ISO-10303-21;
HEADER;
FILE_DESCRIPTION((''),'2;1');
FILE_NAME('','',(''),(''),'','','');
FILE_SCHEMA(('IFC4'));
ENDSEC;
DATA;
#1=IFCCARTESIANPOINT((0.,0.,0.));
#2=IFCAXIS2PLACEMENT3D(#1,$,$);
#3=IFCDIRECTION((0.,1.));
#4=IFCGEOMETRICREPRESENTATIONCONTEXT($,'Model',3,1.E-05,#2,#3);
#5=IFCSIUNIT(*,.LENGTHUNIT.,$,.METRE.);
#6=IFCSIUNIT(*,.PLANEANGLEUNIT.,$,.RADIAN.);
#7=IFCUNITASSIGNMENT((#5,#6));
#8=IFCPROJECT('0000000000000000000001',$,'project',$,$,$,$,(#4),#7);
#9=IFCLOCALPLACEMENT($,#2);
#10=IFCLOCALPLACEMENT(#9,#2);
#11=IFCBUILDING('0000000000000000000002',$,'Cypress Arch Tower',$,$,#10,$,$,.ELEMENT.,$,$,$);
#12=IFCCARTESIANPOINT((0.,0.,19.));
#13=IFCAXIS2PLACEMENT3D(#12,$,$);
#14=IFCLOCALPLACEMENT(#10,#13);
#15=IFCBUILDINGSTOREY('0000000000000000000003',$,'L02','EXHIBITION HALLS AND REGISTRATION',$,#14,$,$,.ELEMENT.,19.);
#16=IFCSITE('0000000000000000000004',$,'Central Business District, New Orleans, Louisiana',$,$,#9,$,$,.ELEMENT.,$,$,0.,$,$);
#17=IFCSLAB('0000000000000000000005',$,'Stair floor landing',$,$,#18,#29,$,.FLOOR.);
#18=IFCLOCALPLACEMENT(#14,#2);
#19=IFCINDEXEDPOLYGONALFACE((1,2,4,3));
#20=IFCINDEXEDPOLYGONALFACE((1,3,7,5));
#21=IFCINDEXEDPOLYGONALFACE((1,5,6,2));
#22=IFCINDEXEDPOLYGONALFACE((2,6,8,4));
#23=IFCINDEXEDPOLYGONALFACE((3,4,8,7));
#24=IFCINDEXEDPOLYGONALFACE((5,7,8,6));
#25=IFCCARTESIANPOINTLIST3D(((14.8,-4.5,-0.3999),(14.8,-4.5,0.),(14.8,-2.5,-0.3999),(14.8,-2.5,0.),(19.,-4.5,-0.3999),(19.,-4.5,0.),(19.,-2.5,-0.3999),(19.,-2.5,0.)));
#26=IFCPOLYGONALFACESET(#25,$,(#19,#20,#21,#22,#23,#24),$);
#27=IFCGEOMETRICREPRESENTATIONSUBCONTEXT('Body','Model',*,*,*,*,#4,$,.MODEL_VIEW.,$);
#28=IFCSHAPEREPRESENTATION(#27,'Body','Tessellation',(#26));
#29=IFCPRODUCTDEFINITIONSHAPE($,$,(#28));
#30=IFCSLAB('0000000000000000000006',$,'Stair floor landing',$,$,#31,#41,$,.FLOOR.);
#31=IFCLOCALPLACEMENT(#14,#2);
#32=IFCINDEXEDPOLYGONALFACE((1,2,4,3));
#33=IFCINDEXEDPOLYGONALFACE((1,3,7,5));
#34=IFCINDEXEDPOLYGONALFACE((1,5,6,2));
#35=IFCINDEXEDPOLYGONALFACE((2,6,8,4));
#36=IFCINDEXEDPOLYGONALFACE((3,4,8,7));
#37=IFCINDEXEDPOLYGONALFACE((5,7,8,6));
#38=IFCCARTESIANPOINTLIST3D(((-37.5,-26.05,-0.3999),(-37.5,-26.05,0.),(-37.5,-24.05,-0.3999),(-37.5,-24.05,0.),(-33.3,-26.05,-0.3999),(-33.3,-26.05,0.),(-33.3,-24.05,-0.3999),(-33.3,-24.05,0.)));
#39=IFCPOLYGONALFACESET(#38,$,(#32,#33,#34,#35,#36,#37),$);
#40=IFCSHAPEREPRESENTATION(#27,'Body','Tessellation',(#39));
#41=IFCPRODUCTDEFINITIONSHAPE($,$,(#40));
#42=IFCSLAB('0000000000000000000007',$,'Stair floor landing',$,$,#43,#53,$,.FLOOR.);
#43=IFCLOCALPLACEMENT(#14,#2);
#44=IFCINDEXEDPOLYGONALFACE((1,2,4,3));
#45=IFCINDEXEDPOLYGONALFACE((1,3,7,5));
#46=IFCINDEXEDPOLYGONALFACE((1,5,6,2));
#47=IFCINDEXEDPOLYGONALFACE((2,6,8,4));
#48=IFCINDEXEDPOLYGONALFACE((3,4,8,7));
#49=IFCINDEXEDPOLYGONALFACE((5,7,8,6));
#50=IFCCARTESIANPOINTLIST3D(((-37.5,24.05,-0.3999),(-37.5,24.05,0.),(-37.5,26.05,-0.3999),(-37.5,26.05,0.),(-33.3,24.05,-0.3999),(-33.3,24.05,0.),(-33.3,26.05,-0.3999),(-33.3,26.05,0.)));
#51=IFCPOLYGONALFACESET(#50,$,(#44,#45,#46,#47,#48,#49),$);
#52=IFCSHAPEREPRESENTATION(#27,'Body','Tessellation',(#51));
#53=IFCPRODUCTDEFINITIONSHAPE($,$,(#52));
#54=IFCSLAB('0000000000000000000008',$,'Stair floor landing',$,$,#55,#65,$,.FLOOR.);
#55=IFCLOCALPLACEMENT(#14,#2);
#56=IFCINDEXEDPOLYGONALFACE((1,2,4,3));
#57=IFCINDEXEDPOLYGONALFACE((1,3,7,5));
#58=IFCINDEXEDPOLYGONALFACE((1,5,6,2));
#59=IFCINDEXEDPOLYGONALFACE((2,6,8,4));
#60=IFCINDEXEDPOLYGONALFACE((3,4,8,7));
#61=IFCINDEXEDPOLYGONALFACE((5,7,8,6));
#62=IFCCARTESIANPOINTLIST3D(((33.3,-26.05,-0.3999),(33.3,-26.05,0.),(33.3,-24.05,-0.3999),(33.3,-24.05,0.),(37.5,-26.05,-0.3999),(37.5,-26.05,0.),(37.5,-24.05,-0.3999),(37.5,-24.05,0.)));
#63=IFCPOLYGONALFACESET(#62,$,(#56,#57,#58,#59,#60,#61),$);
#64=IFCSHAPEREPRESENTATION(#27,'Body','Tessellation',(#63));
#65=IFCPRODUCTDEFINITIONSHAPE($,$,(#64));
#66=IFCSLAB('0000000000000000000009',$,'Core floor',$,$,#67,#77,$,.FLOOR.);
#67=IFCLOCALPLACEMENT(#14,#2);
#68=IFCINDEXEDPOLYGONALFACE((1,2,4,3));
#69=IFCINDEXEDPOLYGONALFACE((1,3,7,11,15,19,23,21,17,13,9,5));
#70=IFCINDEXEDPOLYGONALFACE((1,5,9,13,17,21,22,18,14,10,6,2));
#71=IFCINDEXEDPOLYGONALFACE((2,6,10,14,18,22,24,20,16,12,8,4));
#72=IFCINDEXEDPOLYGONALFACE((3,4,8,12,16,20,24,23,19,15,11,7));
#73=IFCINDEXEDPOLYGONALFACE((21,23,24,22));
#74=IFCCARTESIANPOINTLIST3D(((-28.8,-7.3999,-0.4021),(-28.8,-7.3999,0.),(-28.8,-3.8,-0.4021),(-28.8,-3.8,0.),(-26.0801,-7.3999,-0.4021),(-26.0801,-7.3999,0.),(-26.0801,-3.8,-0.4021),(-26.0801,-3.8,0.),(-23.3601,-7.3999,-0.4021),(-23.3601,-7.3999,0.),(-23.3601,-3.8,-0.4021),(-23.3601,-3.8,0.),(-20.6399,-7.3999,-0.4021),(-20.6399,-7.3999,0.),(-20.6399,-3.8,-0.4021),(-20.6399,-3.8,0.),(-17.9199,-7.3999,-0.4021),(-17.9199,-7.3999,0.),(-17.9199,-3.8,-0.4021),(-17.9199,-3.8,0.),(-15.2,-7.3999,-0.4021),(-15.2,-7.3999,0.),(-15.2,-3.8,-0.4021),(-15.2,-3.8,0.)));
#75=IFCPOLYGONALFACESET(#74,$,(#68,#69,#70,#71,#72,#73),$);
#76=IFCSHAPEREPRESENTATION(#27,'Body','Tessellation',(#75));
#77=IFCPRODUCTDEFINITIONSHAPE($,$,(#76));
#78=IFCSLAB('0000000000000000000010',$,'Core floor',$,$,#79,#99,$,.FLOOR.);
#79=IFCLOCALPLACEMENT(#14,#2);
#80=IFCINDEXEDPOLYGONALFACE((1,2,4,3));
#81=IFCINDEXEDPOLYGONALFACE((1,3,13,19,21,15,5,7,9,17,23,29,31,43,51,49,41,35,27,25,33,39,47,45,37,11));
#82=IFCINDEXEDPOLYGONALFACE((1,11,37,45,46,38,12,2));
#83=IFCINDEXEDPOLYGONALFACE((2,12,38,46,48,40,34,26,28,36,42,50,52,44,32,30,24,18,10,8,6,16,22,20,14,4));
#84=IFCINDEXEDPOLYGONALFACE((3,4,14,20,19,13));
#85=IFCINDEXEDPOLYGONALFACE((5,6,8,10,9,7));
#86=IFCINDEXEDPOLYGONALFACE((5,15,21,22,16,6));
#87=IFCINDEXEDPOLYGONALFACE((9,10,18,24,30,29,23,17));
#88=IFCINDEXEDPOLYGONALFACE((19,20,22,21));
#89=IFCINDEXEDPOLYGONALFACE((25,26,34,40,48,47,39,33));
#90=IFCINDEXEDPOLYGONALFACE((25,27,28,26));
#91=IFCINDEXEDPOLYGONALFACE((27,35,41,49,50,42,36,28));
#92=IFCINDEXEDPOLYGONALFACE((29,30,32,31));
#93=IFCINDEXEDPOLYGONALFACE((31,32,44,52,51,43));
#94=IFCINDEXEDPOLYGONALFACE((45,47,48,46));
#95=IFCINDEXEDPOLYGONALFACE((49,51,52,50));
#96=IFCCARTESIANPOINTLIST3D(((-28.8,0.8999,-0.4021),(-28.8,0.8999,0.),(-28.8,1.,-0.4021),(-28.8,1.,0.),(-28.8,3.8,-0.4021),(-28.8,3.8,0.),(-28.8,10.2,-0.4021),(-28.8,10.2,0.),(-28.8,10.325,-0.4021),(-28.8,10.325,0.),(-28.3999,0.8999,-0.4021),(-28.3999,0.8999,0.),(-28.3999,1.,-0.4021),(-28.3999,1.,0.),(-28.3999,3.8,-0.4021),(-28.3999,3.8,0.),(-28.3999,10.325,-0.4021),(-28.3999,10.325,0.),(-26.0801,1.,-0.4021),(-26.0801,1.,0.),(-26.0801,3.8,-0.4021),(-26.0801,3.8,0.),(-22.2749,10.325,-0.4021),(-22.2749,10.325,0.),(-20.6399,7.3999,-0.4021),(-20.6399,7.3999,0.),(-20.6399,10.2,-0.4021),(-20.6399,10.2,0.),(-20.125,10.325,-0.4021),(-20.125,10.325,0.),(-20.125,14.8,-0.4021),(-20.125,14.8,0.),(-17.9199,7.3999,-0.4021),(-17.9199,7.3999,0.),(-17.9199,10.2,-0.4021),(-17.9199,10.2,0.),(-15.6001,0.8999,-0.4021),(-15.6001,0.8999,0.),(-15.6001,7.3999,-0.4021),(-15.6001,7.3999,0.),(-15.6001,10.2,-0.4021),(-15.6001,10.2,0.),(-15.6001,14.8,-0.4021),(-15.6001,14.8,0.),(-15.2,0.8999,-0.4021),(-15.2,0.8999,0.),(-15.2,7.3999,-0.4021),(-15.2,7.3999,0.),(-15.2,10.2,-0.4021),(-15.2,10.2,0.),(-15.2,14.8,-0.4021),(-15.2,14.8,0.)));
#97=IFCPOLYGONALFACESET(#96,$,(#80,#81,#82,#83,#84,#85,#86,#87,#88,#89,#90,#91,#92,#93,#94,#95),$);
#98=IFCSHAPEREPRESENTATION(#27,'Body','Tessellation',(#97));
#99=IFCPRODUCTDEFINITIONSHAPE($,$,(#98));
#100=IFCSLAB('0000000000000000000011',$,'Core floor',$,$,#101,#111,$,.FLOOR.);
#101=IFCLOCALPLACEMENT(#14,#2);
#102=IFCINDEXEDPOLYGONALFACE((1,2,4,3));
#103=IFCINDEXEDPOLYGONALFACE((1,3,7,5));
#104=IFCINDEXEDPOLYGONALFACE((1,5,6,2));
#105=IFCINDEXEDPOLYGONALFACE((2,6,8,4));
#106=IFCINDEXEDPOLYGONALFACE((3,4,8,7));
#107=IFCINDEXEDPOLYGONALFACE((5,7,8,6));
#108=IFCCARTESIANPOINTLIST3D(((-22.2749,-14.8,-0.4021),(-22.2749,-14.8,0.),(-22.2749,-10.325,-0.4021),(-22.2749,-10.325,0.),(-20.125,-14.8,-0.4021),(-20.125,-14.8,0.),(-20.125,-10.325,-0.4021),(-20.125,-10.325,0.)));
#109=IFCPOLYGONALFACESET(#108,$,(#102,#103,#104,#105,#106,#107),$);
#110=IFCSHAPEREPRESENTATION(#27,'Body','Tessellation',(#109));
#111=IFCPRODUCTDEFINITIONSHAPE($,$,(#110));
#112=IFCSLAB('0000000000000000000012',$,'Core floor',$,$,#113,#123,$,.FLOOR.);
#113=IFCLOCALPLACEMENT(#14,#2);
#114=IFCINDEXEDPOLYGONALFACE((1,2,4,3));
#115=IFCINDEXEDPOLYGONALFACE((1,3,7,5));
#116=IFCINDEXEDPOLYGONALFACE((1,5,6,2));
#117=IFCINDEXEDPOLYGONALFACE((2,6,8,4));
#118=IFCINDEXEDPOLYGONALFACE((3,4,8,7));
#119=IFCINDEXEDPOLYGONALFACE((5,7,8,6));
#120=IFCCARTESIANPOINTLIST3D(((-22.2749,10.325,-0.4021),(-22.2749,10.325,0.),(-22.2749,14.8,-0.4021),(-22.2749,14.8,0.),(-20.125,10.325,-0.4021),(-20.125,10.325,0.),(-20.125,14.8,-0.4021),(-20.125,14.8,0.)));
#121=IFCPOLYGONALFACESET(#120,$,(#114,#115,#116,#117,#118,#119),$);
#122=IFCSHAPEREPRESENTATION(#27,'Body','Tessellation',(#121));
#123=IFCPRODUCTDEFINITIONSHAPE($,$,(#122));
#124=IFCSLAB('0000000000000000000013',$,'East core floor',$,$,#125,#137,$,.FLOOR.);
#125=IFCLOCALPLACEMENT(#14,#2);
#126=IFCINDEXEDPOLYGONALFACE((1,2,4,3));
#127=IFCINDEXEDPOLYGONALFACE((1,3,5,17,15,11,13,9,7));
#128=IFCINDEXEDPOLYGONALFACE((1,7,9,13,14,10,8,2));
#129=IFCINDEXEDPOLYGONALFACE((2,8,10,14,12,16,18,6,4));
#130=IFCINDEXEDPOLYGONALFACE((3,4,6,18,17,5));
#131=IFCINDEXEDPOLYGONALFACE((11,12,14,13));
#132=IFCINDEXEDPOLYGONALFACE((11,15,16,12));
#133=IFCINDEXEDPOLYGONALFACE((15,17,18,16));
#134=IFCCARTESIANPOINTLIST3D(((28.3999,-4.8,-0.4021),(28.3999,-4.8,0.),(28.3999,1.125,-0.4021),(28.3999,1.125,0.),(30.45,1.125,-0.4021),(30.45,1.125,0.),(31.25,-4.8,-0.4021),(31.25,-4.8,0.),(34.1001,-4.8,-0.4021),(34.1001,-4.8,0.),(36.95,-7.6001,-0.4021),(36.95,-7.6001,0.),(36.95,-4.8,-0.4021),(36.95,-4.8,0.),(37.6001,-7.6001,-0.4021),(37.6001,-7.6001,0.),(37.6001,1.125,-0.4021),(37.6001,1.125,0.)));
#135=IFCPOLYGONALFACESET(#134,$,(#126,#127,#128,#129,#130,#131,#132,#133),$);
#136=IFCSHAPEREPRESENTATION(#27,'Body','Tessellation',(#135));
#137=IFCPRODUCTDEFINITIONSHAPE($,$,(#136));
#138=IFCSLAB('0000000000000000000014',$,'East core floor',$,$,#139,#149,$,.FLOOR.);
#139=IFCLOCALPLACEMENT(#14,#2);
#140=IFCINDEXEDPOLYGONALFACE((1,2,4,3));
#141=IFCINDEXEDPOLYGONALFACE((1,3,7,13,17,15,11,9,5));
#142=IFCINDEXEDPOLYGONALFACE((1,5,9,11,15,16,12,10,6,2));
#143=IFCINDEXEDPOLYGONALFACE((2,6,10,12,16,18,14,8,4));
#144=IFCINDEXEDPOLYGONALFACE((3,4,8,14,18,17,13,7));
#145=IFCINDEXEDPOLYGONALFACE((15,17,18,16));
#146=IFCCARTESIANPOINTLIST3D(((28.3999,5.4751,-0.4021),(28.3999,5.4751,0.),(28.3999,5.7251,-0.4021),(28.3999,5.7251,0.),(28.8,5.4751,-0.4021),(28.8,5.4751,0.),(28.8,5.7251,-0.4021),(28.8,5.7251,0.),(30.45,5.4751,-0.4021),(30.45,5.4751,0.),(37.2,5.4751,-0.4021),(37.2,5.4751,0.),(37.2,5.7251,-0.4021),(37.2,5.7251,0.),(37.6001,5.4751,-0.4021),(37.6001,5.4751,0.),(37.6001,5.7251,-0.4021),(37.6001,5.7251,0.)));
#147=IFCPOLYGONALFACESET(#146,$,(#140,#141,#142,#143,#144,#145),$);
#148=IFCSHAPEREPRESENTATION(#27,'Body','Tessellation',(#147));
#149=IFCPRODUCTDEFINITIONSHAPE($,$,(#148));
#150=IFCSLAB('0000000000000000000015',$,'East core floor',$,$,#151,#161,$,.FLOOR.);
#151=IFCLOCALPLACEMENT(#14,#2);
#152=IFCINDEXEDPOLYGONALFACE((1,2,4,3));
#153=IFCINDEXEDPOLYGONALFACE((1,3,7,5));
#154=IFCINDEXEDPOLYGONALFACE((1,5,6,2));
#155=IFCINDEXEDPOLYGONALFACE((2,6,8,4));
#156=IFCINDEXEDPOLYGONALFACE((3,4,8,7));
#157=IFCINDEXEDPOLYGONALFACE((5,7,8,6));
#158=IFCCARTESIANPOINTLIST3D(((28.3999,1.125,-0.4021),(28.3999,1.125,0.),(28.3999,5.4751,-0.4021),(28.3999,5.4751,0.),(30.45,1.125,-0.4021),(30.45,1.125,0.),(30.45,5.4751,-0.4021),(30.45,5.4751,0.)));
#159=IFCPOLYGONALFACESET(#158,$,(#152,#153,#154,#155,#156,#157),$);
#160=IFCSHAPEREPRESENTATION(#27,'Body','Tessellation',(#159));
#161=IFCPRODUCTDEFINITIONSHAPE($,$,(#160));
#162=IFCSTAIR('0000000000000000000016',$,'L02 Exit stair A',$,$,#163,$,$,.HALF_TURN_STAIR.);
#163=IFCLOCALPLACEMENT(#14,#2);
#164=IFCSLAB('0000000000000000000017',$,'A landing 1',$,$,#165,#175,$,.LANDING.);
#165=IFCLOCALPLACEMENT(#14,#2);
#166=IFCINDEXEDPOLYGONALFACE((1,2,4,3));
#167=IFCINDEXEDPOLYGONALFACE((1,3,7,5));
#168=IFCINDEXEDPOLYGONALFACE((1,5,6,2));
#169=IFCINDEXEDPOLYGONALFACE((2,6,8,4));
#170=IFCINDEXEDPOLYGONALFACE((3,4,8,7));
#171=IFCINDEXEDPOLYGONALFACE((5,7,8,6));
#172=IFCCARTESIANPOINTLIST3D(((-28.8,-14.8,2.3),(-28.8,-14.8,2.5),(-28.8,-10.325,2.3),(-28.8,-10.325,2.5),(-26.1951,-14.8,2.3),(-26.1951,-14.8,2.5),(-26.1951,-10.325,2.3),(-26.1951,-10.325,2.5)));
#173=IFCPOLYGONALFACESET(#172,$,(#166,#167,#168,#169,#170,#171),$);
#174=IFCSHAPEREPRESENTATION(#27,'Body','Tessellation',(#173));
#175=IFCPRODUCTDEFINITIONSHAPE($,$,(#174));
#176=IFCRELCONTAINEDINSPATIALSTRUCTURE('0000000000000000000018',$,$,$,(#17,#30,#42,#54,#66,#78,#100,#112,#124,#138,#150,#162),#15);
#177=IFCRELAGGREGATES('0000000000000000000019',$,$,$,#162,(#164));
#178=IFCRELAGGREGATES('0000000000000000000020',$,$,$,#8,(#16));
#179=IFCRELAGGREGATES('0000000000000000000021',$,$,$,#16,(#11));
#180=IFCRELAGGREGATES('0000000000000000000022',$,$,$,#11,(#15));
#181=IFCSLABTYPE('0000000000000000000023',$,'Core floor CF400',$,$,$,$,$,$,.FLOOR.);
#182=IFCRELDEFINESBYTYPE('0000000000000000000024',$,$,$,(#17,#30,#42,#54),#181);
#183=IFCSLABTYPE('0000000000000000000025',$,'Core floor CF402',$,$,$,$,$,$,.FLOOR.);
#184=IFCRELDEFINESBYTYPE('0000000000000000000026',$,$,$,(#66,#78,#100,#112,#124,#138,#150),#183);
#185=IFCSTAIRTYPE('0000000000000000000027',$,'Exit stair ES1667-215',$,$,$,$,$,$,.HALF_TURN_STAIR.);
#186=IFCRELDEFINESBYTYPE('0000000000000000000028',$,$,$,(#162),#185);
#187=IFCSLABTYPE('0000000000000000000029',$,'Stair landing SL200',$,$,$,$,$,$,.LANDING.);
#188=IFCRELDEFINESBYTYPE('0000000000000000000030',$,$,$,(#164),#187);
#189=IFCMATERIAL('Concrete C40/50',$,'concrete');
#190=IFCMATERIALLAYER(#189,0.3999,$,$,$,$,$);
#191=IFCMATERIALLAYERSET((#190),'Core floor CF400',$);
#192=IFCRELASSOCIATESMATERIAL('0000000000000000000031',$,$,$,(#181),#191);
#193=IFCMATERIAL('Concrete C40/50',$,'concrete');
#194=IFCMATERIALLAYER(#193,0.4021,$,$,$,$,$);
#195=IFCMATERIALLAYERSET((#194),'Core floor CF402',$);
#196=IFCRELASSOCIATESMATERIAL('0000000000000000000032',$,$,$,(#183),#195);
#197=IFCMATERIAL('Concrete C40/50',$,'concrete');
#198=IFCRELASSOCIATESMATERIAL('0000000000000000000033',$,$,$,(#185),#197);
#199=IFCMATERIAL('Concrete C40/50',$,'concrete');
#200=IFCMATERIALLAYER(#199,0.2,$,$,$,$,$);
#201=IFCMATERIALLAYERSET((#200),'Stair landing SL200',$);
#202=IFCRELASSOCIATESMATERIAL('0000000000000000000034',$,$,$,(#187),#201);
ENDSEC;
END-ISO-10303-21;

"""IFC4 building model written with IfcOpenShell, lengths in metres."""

from ifc_helpers import new_model, si_unit, direction, frame, origin, place, context, subcontext, project, spatial, polyline, outline, extrude, material, layer, layer_set, type_object, element, aggregate, save


model = new_model("IFC4")

# Units and contexts
model_context = context("Model", 3, precision=1e-05, world=origin(), true_north=direction((0.0, 1.0)))
body_context = subcontext(model_context, "Body", "Model", "MODEL_VIEW")
ifc_project = project(units=[si_unit("LENGTHUNIT", "METRE"), si_unit("PLANEANGLEUNIT", "RADIAN")], contexts=[model_context])

# Site, building, storey
site_placement = place(None, origin())
site = spatial("IfcSite", under=ifc_project, at=site_placement, Name="Central Business District, New Orleans, Louisiana", CompositionType="ELEMENT", RefElevation=0.0)
building_placement = place(site_placement, origin())
building = spatial("IfcBuilding", under=site, at=building_placement, Name="Cypress Arch Tower", CompositionType="ELEMENT")
storey_placement = place(building_placement, frame((0.0, 0.0, 19.0)))
storey = spatial("IfcBuildingStorey", under=building, at=storey_placement, Name="L02", Description="EXHIBITION HALLS AND REGISTRATION", CompositionType="ELEMENT", Elevation=19.0)

# Slabs
ifc_material_1 = material(Name="Concrete C40/50", Category="concrete")
ifc_layer_1 = layer(ifc_material_1, 0.3999)
ifc_layer_set_1 = layer_set([ifc_layer_1], Name="Core floor CF400")
slab_type_1 = type_object("IfcSlabType", Name="Core floor CF400", PredefinedType="FLOOR", material=ifc_layer_set_1)
slab_1_placement = place(storey_placement, frame((0.0, 0.0, -0.3999)))
element("IfcSlab", 1, at=slab_1_placement, inside=storey, type_object=slab_type_1, Name="Stair floor landing", PredefinedType="FLOOR", context=body_context, shape_type="SweptSolid", body=[
    extrude(outline(polyline([(19.0, -4.5), (19.0, -2.5), (14.8, -2.5), (14.8, -4.5), (19.0, -4.5)])), origin(), (0.0, 0.0, 1.0), 0.3999),
])
slab_2_placement = place(storey_placement, frame((0.0, 0.0, -0.3999)))
element("IfcSlab", 2, at=slab_2_placement, inside=storey, type_object=slab_type_1, Name="Stair floor landing", PredefinedType="FLOOR", context=body_context, shape_type="SweptSolid", body=[
    extrude(outline(polyline([(-33.3, -26.05), (-33.3, -24.05), (-37.5, -24.05), (-37.5, -26.05), (-33.3, -26.05)])), origin(), (0.0, 0.0, 1.0), 0.3999),
])
slab_3_placement = place(storey_placement, frame((0.0, 0.0, -0.3999)))
element("IfcSlab", 3, at=slab_3_placement, inside=storey, type_object=slab_type_1, Name="Stair floor landing", PredefinedType="FLOOR", context=body_context, shape_type="SweptSolid", body=[
    extrude(outline(polyline([(-37.5, 26.05), (-37.5, 24.05), (-33.3, 24.05), (-33.3, 26.05), (-37.5, 26.05)])), origin(), (0.0, 0.0, 1.0), 0.3999),
])
slab_4_placement = place(storey_placement, frame((0.0, 0.0, -0.3999)))
element("IfcSlab", 4, at=slab_4_placement, inside=storey, type_object=slab_type_1, Name="Stair floor landing", PredefinedType="FLOOR", context=body_context, shape_type="SweptSolid", body=[
    extrude(outline(polyline([(37.5, -26.05), (37.5, -24.05), (33.3, -24.05), (33.3, -26.05), (37.5, -26.05)])), origin(), (0.0, 0.0, 1.0), 0.3999),
])
ifc_material_2 = material(Name="Concrete C40/50", Category="concrete")
ifc_layer_2 = layer(ifc_material_2, 0.4021)
ifc_layer_set_2 = layer_set([ifc_layer_2], Name="Core floor CF402")
slab_type_2 = type_object("IfcSlabType", Name="Core floor CF402", PredefinedType="FLOOR", material=ifc_layer_set_2)
slab_5_placement = place(storey_placement, frame((0.0, 0.0, -0.4021)))
element("IfcSlab", 5, at=slab_5_placement, inside=storey, type_object=slab_type_2, Name="Core floor", PredefinedType="FLOOR", context=body_context, shape_type="SweptSolid", body=[
    extrude(outline(polyline([(-28.8, -3.8), (-28.8, -7.3999), (-26.0801, -7.3999), (-23.3601, -7.3999), (-20.6399, -7.3999), (-17.9199, -7.3999), (-15.2, -7.3999), (-15.2, -3.8), (-17.9199, -3.8), (-20.6399, -3.8), (-23.3601, -3.8), (-26.0801, -3.8), (-28.8, -3.8)])), origin(), (0.0, 0.0, 1.0), 0.4021),
])
slab_6_placement = place(storey_placement, frame((0.0, 0.0, -0.4021)))
element("IfcSlab", 6, at=slab_6_placement, inside=storey, type_object=slab_type_2, Name="Core floor", PredefinedType="FLOOR", context=body_context, shape_type="SweptSolid", body=[
    extrude(outline(polyline([(-28.8, 3.8), (-28.8, 10.2), (-28.8, 10.325), (-28.3999, 10.325), (-22.2749, 10.325), (-20.125, 10.325), (-20.125, 14.8), (-15.6001, 14.8), (-15.2, 14.8), (-15.2, 10.2), (-15.6001, 10.2), (-17.9199, 10.2), (-20.6399, 10.2), (-20.6399, 7.3999), (-17.9199, 7.3999), (-15.6001, 7.3999), (-15.2, 7.3999), (-15.2, 0.8999), (-15.6001, 0.8999), (-28.3999, 0.8999), (-28.8, 0.8999), (-28.8, 1.0), (-28.3999, 1.0), (-26.0801, 1.0), (-26.0801, 3.8), (-28.3999, 3.8), (-28.8, 3.8)])), origin(), (0.0, 0.0, 1.0), 0.4021),
])
slab_7_placement = place(storey_placement, frame((0.0, 0.0, -0.4021)))
element("IfcSlab", 7, at=slab_7_placement, inside=storey, type_object=slab_type_2, Name="Core floor", PredefinedType="FLOOR", context=body_context, shape_type="SweptSolid", body=[
    extrude(outline(polyline([(-22.2749, -10.325), (-22.2749, -14.8), (-20.125, -14.8), (-20.125, -10.325), (-22.2749, -10.325)])), origin(), (0.0, 0.0, 1.0), 0.4021),
])
slab_8_placement = place(storey_placement, frame((0.0, 0.0, -0.4021)))
element("IfcSlab", 8, at=slab_8_placement, inside=storey, type_object=slab_type_2, Name="Core floor", PredefinedType="FLOOR", context=body_context, shape_type="SweptSolid", body=[
    extrude(outline(polyline([(-20.125, 14.8), (-22.2749, 14.8), (-22.2749, 10.325), (-20.125, 10.325), (-20.125, 14.8)])), origin(), (0.0, 0.0, 1.0), 0.4021),
])
slab_9_placement = place(storey_placement, frame((0.0, 0.0, -0.4021)))
element("IfcSlab", 9, at=slab_9_placement, inside=storey, type_object=slab_type_2, Name="East core floor", PredefinedType="FLOOR", context=body_context, shape_type="SweptSolid", body=[
    extrude(outline(polyline([(37.6001, -7.6001), (37.6001, 1.125), (30.45, 1.125), (28.3999, 1.125), (28.3999, -4.8), (31.25, -4.8), (34.1001, -4.8), (36.95, -4.8), (36.95, -7.6001), (37.6001, -7.6001)])), origin(), (0.0, 0.0, 1.0), 0.4021),
])
slab_10_placement = place(storey_placement, frame((0.0, 0.0, -0.4021)))
element("IfcSlab", 10, at=slab_10_placement, inside=storey, type_object=slab_type_2, Name="East core floor", PredefinedType="FLOOR", context=body_context, shape_type="SweptSolid", body=[
    extrude(outline(polyline([(30.45, 5.4751), (28.8, 5.4751), (28.3999, 5.4751), (28.3999, 5.7251), (28.8, 5.7251), (37.2, 5.7251), (37.6001, 5.7251), (37.6001, 5.4751), (37.2, 5.4751), (30.45, 5.4751)])), origin(), (0.0, 0.0, 1.0), 0.4021),
])
slab_11_placement = place(storey_placement, frame((0.0, 0.0, -0.4021)))
element("IfcSlab", 11, at=slab_11_placement, inside=storey, type_object=slab_type_2, Name="East core floor", PredefinedType="FLOOR", context=body_context, shape_type="SweptSolid", body=[
    extrude(outline(polyline([(30.45, 5.4751), (28.3999, 5.4751), (28.3999, 1.125), (30.45, 1.125), (30.45, 5.4751)])), origin(), (0.0, 0.0, 1.0), 0.4021),
])

# Stair, slab
ifc_material_3 = material(Name="Concrete C40/50", Category="concrete")
stair_type_1 = type_object("IfcStairType", Name="Exit stair ES1667-215", PredefinedType="HALF_TURN_STAIR", material=ifc_material_3)
stair_1_placement = place(storey_placement, origin())
stair_1 = element("IfcStair", 12, at=stair_1_placement, inside=storey, type_object=stair_type_1, Name="L02 Exit stair A", PredefinedType="HALF_TURN_STAIR")
ifc_material_4 = material(Name="Concrete C40/50", Category="concrete")
ifc_layer_3 = layer(ifc_material_4, 0.2)
ifc_layer_set_3 = layer_set([ifc_layer_3], Name="Stair landing SL200")
slab_type_3 = type_object("IfcSlabType", Name="Stair landing SL200", PredefinedType="LANDING", material=ifc_layer_set_3)
slab_12_placement = place(storey_placement, frame((0.0, 0.0, 2.3)))
slab_12 = element("IfcSlab", 13, at=slab_12_placement, type_object=slab_type_3, Name="A landing 1", PredefinedType="LANDING", context=body_context, shape_type="SweptSolid", body=[
    extrude(outline(polyline([(-26.1951, -10.325), (-28.8, -10.325), (-28.8, -14.8), (-26.1951, -14.8), (-26.1951, -10.325)])), origin(), (0.0, 0.0, 1.0), 0.2),
])
aggregate(stair_1, [slab_12])

save(model, "model.ifc")
